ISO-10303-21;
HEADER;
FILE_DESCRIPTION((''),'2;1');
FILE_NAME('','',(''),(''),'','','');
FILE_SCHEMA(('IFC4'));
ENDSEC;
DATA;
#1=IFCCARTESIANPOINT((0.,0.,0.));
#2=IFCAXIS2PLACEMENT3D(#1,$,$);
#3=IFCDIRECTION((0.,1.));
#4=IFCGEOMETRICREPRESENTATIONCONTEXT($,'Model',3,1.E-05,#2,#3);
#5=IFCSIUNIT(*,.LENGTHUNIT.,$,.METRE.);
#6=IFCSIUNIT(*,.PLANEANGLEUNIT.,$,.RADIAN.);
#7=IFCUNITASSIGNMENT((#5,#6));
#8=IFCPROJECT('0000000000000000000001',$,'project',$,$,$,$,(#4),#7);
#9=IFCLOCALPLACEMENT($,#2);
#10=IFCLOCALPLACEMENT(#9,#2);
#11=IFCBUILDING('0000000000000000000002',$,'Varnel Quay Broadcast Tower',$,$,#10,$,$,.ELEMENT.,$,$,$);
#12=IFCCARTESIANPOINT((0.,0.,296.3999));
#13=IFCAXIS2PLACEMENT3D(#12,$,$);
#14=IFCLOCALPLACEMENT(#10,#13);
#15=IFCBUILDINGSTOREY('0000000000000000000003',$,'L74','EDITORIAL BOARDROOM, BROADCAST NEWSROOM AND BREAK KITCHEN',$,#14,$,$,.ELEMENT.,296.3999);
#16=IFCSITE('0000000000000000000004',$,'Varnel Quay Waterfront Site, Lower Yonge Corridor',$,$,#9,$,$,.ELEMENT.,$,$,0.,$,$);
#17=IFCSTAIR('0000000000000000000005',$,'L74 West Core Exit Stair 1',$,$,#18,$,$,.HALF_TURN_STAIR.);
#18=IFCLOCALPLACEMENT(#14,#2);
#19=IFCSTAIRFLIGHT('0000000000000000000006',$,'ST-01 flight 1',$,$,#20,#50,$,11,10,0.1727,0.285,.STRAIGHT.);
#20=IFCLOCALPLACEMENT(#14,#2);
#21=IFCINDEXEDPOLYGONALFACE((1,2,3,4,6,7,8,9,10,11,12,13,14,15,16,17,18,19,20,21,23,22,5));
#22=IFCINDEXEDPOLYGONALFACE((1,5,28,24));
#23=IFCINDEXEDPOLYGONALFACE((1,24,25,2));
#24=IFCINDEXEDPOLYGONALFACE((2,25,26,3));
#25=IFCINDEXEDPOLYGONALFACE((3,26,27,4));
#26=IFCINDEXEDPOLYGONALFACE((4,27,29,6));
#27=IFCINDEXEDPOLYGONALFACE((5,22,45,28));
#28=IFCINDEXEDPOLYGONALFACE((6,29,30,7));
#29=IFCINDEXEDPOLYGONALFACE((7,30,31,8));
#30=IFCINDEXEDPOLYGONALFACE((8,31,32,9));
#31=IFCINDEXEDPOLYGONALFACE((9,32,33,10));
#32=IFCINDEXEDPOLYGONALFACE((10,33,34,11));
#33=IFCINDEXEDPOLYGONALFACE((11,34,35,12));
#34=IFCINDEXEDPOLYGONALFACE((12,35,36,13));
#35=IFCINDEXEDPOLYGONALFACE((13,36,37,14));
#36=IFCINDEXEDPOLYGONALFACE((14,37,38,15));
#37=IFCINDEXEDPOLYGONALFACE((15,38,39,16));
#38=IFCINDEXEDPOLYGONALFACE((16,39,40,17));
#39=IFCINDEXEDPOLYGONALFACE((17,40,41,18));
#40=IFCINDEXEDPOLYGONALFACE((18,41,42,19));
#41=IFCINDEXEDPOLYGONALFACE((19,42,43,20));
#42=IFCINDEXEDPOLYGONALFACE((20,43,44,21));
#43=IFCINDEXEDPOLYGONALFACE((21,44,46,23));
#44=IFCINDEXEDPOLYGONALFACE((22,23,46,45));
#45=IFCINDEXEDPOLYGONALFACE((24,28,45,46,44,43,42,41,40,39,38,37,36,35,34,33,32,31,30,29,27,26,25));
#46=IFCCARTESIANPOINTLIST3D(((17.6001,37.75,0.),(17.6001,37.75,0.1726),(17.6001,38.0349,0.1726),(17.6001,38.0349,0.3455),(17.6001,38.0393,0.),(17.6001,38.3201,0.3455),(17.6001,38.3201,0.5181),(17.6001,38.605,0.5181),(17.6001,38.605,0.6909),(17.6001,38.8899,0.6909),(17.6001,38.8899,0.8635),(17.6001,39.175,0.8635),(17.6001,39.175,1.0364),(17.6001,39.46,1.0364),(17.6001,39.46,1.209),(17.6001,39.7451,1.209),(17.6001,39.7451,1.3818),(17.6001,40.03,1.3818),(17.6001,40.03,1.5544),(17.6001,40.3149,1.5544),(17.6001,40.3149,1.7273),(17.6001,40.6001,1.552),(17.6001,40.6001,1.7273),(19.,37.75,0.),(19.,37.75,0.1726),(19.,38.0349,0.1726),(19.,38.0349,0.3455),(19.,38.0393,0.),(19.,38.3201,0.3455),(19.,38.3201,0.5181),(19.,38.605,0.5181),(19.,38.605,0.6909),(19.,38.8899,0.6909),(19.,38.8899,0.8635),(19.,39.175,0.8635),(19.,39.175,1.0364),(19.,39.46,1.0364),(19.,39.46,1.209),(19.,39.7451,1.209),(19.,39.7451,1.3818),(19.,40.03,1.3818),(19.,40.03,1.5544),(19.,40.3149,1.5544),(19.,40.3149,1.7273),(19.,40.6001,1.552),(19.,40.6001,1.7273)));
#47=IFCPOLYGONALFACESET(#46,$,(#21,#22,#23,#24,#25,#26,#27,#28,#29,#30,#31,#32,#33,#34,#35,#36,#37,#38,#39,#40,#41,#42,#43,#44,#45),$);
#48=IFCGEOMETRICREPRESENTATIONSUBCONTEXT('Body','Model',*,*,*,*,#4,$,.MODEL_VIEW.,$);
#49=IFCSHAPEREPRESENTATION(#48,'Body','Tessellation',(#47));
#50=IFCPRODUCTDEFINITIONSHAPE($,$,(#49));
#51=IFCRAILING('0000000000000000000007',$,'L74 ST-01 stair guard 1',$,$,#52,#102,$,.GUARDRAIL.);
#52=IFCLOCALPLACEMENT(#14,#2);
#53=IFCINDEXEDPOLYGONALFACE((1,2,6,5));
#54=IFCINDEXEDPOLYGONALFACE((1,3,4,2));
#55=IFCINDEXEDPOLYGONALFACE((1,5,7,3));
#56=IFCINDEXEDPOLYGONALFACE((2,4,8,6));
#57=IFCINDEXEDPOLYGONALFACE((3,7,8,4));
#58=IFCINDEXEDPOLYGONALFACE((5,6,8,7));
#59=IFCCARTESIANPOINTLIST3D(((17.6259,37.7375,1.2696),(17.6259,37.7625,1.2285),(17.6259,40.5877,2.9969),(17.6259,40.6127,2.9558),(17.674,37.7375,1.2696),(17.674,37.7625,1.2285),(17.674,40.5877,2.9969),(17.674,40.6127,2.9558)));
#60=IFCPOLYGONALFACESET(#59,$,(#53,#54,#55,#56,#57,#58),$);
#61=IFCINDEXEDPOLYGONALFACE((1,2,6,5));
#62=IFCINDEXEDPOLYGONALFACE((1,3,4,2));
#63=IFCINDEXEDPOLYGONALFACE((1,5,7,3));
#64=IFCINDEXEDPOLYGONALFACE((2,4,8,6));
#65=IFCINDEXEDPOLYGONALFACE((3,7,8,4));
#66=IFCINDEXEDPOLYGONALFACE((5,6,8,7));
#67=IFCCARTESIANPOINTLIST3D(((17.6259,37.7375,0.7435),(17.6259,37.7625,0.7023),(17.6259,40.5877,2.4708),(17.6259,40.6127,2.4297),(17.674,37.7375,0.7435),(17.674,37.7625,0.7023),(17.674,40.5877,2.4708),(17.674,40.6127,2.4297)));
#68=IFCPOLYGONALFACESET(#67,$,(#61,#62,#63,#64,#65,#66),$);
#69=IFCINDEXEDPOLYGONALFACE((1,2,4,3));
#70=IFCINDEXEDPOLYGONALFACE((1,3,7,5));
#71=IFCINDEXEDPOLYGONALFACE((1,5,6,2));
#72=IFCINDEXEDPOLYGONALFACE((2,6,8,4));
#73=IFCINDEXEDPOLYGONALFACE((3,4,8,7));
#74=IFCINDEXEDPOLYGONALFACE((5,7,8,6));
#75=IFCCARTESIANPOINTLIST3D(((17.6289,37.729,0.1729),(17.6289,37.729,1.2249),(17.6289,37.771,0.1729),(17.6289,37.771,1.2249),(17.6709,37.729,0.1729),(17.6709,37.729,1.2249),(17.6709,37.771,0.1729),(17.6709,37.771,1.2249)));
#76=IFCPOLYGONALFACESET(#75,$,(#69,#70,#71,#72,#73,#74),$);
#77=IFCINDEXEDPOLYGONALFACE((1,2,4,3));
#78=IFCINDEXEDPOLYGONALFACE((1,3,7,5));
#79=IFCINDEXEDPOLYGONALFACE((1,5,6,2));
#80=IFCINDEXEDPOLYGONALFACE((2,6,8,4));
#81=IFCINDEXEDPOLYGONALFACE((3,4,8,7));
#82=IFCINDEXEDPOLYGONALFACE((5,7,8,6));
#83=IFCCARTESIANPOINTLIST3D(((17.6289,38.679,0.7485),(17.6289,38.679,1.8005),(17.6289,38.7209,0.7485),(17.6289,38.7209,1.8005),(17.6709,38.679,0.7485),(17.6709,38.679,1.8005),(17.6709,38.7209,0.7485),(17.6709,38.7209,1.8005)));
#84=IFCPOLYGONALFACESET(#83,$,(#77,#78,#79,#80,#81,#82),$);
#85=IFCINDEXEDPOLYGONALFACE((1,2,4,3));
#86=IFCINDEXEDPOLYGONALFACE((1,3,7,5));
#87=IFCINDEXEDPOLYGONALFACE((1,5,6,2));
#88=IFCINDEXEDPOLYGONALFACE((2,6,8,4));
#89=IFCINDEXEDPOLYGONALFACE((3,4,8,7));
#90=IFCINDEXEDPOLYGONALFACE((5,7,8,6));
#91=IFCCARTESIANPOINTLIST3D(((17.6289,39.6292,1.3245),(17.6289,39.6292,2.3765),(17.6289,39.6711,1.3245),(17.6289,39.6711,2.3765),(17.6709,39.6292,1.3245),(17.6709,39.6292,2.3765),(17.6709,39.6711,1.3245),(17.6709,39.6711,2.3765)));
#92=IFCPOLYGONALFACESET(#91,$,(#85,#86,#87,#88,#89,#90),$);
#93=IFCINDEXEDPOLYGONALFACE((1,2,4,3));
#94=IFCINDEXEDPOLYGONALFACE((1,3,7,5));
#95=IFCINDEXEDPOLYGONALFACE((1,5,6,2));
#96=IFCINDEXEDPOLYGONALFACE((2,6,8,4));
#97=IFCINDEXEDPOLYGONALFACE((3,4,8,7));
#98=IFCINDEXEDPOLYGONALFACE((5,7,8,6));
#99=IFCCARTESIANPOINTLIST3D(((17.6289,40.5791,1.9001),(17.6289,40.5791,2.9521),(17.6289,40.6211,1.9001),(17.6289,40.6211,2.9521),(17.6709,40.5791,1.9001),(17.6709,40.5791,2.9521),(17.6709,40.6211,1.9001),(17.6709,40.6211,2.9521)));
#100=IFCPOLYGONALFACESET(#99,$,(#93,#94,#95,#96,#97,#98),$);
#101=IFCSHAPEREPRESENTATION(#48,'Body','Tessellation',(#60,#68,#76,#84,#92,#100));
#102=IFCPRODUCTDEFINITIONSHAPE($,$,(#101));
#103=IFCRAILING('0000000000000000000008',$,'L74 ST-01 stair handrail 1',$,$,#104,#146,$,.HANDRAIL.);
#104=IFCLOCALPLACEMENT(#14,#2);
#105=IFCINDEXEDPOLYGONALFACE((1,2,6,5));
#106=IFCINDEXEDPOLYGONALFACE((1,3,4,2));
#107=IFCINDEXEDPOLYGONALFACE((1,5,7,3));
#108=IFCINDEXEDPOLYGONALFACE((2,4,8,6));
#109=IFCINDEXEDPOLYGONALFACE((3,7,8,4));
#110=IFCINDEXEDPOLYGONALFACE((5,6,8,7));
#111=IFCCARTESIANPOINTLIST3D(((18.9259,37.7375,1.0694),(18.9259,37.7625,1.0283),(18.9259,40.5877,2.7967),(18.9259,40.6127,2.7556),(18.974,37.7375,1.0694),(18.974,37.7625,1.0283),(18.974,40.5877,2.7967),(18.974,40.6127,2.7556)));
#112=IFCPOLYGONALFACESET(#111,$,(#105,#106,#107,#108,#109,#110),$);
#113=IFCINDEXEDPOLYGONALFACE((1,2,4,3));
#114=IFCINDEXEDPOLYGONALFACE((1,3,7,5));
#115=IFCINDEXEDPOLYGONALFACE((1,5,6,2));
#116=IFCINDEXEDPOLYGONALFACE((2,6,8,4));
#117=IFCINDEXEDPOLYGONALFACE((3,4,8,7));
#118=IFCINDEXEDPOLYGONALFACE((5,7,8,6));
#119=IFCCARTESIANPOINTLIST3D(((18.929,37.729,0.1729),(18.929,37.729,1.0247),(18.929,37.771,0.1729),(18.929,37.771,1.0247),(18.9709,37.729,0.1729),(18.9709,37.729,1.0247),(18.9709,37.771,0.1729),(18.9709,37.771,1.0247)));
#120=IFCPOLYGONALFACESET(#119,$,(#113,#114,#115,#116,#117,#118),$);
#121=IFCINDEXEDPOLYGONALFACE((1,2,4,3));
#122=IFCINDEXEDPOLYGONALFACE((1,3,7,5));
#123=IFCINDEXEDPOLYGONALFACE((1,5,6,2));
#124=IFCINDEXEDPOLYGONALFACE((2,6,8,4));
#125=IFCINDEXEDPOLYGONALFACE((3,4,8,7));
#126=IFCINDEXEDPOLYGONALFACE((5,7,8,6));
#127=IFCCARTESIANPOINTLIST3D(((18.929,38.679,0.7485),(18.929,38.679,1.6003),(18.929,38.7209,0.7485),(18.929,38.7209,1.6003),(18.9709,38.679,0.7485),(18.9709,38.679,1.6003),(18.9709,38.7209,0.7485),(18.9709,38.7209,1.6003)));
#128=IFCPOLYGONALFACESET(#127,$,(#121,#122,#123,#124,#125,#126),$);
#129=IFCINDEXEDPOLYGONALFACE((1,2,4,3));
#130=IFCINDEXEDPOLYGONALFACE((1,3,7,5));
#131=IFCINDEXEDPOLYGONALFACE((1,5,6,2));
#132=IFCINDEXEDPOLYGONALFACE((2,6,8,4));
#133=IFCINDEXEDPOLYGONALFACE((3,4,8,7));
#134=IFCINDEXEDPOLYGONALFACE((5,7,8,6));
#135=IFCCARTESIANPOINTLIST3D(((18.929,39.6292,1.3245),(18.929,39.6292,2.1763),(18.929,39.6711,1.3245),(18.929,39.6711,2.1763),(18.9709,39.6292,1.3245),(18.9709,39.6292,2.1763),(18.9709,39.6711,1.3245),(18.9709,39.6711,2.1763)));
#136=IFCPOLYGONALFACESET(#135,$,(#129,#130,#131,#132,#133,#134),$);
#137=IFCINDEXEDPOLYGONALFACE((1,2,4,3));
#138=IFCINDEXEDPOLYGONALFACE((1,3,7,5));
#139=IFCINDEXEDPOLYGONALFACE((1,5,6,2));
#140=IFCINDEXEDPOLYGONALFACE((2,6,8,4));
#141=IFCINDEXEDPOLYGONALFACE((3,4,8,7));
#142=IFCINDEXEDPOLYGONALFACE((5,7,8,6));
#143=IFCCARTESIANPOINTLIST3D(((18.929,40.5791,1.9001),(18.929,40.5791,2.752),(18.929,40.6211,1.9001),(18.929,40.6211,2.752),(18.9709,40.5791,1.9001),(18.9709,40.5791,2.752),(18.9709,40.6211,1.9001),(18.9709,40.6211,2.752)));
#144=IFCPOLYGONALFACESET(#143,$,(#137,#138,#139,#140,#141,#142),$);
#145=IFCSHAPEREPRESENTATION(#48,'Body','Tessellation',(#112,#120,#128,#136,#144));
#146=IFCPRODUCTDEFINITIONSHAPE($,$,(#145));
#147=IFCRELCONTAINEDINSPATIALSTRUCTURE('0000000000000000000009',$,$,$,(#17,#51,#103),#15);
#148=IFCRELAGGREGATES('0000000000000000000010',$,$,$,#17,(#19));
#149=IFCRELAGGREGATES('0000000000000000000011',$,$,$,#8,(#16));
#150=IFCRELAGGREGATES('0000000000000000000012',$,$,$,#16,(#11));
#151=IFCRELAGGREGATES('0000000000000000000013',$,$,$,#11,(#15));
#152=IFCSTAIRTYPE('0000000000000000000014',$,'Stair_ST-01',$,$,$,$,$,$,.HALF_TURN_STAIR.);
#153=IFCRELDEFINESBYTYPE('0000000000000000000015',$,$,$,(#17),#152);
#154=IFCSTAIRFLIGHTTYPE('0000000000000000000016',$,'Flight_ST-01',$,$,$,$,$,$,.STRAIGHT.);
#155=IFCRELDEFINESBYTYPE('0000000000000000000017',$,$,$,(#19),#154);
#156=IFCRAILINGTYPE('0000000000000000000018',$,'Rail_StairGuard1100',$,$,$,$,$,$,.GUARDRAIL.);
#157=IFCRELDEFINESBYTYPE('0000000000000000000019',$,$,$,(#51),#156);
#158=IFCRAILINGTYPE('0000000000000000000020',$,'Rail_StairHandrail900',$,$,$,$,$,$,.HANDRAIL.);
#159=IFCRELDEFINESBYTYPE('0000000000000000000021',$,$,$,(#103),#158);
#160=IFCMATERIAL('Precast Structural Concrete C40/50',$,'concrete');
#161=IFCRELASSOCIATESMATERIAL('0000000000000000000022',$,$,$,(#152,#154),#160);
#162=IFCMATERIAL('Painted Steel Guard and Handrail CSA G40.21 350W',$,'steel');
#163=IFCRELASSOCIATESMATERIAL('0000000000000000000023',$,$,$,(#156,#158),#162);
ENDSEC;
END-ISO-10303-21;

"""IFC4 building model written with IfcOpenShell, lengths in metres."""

from ifc_helpers import new_model, si_unit, direction, frame, origin, origin_2d, place, context, subcontext, project, spatial, polyline, rectangle, outline, extrude, material, type_object, element, aggregate, save


model = new_model("IFC4")

# Units and contexts
model_context = context("Model", 3, precision=1e-05, world=origin(), true_north=direction((0.0, 1.0)))
body_context = subcontext(model_context, "Body", "Model", "MODEL_VIEW")
ifc_project = project(units=[si_unit("LENGTHUNIT", "METRE"), si_unit("PLANEANGLEUNIT", "RADIAN")], contexts=[model_context])

# Site, building, storey
site_placement = place(None, origin())
site = spatial("IfcSite", under=ifc_project, at=site_placement, Name="Varnel Quay Waterfront Site, Lower Yonge Corridor", CompositionType="ELEMENT", RefElevation=0.0)
building_placement = place(site_placement, origin())
building = spatial("IfcBuilding", under=site, at=building_placement, Name="Varnel Quay Broadcast Tower", CompositionType="ELEMENT")
storey_placement = place(building_placement, frame((0.0, 0.0, 296.3999)))
storey = spatial("IfcBuildingStorey", under=building, at=storey_placement, Name="L74", Description="EDITORIAL BOARDROOM, BROADCAST NEWSROOM AND BREAK KITCHEN", CompositionType="ELEMENT", Elevation=296.3999)

# Stair, stair flight
ifc_material_1 = material(Name="Precast Structural Concrete C40/50", Category="concrete")
stair_type = type_object("IfcStairType", Name="Stair_ST-01", PredefinedType="HALF_TURN_STAIR", material=ifc_material_1)
stair_placement = place(storey_placement, origin())
stair = element("IfcStair", 1, at=stair_placement, inside=storey, type_object=stair_type, Name="L74 West Core Exit Stair 1", PredefinedType="HALF_TURN_STAIR")
stair_flight_type = type_object("IfcStairFlightType", Name="Flight_ST-01", PredefinedType="STRAIGHT", material=ifc_material_1)
stair_flight_placement = place(storey_placement, frame((18.3, 37.75, 0.0), z_axis=(0.0, 0.0, 1.0), x_axis=(0.0, 1.0, 0.0)))
stair_flight = element("IfcStairFlight", 2, at=stair_flight_placement, type_object=stair_flight_type, Name="ST-01 flight 1", NumberOfRisers=11, NumberOfTreads=10, PredefinedType="STRAIGHT", RiserHeight=0.1727, TreadLength=0.285, context=body_context, shape_type="SweptSolid", body=[
    extrude(outline(polyline([(0.0, 0.0), (0.0, 0.1726), (0.2849, 0.1726), (0.2849, 0.3455), (0.5701, 0.3455), (0.5701, 0.5181), (0.855, 0.5181), (0.855, 0.6909), (1.1399, 0.6909), (1.1399, 0.8635), (1.425, 0.8635), (1.425, 1.0364), (1.71, 1.0364), (1.71, 1.209), (1.9951, 1.209), (1.9951, 1.3818), (2.28, 1.3818), (2.28, 1.5544), (2.5649, 1.5544), (2.5649, 1.7273), (2.8501, 1.7273), (2.8501, 1.8999), (2.8501, 1.552), (0.2893, 0.0), (0.0, 0.0)])), frame((0.0, 0.7, 0.0), z_axis=(0.0, -1.0, 0.0), x_axis=(1.0, 0.0, 0.0)), (0.0, 0.0, 1.0), 1.3999),
])
aggregate(stair, [stair_flight])

# Railings
ifc_material_2 = material(Name="Painted Steel Guard and Handrail CSA G40.21 350W", Category="steel")
railing_type_1 = type_object("IfcRailingType", Name="Rail_StairGuard1100", PredefinedType="GUARDRAIL", material=ifc_material_2)
railing_1_placement = place(storey_placement, frame((17.6499, 37.75, 0.1729)))
element("IfcRailing", 3, at=railing_1_placement, inside=storey, type_object=railing_type_1, Name="L74 ST-01 stair guard 1", PredefinedType="GUARDRAIL", context=body_context, shape_type="SweptSolid", body=[
    extrude(rectangle(XDim=0.0481, YDim=0.0481, at=origin_2d()), frame((0.0, 0.0, 1.0762), z_axis=(0.0, 0.855203, 0.518294), x_axis=(-1.0, 0.0, 0.0)), (0.0, 0.0, 1.0), 3.3328),
    extrude(rectangle(XDim=0.0481, YDim=0.0481, at=origin_2d()), frame((0.0, 0.0, 0.55), z_axis=(0.0, 0.855203, 0.518294), x_axis=(-1.0, 0.0, 0.0)), (0.0, 0.0, 1.0), 3.3328),
    extrude(rectangle(XDim=0.042, YDim=0.042, at=origin_2d()), origin(), (0.0, 0.0, 1.0), 1.052),
    extrude(rectangle(XDim=0.042, YDim=0.042, at=origin_2d()), frame((0.0, 0.95, 0.5757)), (0.0, 0.0, 1.0), 1.052),
    extrude(rectangle(XDim=0.042, YDim=0.042, at=origin_2d()), frame((0.0, 1.9001, 1.1516)), (0.0, 0.0, 1.0), 1.052),
    extrude(rectangle(XDim=0.042, YDim=0.042, at=origin_2d()), frame((0.0, 2.8501, 1.7273)), (0.0, 0.0, 1.0), 1.052),
])
railing_type_2 = type_object("IfcRailingType", Name="Rail_StairHandrail900", PredefinedType="HANDRAIL", material=ifc_material_2)
railing_2_placement = place(storey_placement, frame((18.95, 37.75, 0.1729)))
element("IfcRailing", 4, at=railing_2_placement, inside=storey, type_object=railing_type_2, Name="L74 ST-01 stair handrail 1", PredefinedType="HANDRAIL", context=body_context, shape_type="SweptSolid", body=[
    extrude(rectangle(XDim=0.0481, YDim=0.0481, at=origin_2d()), frame((0.0, 0.0, 0.876), z_axis=(0.0, 0.855203, 0.518294), x_axis=(-1.0, 0.0, 0.0)), (0.0, 0.0, 1.0), 3.3328),
    extrude(rectangle(XDim=0.042, YDim=0.042, at=origin_2d()), origin(), (0.0, 0.0, 1.0), 0.8518),
    extrude(rectangle(XDim=0.042, YDim=0.042, at=origin_2d()), frame((0.0, 0.95, 0.5757)), (0.0, 0.0, 1.0), 0.8518),
    extrude(rectangle(XDim=0.042, YDim=0.042, at=origin_2d()), frame((0.0, 1.9001, 1.1516)), (0.0, 0.0, 1.0), 0.8518),
    extrude(rectangle(XDim=0.042, YDim=0.042, at=origin_2d()), frame((0.0, 2.8501, 1.7273)), (0.0, 0.0, 1.0), 0.8518),
])

save(model, "model.ifc")
